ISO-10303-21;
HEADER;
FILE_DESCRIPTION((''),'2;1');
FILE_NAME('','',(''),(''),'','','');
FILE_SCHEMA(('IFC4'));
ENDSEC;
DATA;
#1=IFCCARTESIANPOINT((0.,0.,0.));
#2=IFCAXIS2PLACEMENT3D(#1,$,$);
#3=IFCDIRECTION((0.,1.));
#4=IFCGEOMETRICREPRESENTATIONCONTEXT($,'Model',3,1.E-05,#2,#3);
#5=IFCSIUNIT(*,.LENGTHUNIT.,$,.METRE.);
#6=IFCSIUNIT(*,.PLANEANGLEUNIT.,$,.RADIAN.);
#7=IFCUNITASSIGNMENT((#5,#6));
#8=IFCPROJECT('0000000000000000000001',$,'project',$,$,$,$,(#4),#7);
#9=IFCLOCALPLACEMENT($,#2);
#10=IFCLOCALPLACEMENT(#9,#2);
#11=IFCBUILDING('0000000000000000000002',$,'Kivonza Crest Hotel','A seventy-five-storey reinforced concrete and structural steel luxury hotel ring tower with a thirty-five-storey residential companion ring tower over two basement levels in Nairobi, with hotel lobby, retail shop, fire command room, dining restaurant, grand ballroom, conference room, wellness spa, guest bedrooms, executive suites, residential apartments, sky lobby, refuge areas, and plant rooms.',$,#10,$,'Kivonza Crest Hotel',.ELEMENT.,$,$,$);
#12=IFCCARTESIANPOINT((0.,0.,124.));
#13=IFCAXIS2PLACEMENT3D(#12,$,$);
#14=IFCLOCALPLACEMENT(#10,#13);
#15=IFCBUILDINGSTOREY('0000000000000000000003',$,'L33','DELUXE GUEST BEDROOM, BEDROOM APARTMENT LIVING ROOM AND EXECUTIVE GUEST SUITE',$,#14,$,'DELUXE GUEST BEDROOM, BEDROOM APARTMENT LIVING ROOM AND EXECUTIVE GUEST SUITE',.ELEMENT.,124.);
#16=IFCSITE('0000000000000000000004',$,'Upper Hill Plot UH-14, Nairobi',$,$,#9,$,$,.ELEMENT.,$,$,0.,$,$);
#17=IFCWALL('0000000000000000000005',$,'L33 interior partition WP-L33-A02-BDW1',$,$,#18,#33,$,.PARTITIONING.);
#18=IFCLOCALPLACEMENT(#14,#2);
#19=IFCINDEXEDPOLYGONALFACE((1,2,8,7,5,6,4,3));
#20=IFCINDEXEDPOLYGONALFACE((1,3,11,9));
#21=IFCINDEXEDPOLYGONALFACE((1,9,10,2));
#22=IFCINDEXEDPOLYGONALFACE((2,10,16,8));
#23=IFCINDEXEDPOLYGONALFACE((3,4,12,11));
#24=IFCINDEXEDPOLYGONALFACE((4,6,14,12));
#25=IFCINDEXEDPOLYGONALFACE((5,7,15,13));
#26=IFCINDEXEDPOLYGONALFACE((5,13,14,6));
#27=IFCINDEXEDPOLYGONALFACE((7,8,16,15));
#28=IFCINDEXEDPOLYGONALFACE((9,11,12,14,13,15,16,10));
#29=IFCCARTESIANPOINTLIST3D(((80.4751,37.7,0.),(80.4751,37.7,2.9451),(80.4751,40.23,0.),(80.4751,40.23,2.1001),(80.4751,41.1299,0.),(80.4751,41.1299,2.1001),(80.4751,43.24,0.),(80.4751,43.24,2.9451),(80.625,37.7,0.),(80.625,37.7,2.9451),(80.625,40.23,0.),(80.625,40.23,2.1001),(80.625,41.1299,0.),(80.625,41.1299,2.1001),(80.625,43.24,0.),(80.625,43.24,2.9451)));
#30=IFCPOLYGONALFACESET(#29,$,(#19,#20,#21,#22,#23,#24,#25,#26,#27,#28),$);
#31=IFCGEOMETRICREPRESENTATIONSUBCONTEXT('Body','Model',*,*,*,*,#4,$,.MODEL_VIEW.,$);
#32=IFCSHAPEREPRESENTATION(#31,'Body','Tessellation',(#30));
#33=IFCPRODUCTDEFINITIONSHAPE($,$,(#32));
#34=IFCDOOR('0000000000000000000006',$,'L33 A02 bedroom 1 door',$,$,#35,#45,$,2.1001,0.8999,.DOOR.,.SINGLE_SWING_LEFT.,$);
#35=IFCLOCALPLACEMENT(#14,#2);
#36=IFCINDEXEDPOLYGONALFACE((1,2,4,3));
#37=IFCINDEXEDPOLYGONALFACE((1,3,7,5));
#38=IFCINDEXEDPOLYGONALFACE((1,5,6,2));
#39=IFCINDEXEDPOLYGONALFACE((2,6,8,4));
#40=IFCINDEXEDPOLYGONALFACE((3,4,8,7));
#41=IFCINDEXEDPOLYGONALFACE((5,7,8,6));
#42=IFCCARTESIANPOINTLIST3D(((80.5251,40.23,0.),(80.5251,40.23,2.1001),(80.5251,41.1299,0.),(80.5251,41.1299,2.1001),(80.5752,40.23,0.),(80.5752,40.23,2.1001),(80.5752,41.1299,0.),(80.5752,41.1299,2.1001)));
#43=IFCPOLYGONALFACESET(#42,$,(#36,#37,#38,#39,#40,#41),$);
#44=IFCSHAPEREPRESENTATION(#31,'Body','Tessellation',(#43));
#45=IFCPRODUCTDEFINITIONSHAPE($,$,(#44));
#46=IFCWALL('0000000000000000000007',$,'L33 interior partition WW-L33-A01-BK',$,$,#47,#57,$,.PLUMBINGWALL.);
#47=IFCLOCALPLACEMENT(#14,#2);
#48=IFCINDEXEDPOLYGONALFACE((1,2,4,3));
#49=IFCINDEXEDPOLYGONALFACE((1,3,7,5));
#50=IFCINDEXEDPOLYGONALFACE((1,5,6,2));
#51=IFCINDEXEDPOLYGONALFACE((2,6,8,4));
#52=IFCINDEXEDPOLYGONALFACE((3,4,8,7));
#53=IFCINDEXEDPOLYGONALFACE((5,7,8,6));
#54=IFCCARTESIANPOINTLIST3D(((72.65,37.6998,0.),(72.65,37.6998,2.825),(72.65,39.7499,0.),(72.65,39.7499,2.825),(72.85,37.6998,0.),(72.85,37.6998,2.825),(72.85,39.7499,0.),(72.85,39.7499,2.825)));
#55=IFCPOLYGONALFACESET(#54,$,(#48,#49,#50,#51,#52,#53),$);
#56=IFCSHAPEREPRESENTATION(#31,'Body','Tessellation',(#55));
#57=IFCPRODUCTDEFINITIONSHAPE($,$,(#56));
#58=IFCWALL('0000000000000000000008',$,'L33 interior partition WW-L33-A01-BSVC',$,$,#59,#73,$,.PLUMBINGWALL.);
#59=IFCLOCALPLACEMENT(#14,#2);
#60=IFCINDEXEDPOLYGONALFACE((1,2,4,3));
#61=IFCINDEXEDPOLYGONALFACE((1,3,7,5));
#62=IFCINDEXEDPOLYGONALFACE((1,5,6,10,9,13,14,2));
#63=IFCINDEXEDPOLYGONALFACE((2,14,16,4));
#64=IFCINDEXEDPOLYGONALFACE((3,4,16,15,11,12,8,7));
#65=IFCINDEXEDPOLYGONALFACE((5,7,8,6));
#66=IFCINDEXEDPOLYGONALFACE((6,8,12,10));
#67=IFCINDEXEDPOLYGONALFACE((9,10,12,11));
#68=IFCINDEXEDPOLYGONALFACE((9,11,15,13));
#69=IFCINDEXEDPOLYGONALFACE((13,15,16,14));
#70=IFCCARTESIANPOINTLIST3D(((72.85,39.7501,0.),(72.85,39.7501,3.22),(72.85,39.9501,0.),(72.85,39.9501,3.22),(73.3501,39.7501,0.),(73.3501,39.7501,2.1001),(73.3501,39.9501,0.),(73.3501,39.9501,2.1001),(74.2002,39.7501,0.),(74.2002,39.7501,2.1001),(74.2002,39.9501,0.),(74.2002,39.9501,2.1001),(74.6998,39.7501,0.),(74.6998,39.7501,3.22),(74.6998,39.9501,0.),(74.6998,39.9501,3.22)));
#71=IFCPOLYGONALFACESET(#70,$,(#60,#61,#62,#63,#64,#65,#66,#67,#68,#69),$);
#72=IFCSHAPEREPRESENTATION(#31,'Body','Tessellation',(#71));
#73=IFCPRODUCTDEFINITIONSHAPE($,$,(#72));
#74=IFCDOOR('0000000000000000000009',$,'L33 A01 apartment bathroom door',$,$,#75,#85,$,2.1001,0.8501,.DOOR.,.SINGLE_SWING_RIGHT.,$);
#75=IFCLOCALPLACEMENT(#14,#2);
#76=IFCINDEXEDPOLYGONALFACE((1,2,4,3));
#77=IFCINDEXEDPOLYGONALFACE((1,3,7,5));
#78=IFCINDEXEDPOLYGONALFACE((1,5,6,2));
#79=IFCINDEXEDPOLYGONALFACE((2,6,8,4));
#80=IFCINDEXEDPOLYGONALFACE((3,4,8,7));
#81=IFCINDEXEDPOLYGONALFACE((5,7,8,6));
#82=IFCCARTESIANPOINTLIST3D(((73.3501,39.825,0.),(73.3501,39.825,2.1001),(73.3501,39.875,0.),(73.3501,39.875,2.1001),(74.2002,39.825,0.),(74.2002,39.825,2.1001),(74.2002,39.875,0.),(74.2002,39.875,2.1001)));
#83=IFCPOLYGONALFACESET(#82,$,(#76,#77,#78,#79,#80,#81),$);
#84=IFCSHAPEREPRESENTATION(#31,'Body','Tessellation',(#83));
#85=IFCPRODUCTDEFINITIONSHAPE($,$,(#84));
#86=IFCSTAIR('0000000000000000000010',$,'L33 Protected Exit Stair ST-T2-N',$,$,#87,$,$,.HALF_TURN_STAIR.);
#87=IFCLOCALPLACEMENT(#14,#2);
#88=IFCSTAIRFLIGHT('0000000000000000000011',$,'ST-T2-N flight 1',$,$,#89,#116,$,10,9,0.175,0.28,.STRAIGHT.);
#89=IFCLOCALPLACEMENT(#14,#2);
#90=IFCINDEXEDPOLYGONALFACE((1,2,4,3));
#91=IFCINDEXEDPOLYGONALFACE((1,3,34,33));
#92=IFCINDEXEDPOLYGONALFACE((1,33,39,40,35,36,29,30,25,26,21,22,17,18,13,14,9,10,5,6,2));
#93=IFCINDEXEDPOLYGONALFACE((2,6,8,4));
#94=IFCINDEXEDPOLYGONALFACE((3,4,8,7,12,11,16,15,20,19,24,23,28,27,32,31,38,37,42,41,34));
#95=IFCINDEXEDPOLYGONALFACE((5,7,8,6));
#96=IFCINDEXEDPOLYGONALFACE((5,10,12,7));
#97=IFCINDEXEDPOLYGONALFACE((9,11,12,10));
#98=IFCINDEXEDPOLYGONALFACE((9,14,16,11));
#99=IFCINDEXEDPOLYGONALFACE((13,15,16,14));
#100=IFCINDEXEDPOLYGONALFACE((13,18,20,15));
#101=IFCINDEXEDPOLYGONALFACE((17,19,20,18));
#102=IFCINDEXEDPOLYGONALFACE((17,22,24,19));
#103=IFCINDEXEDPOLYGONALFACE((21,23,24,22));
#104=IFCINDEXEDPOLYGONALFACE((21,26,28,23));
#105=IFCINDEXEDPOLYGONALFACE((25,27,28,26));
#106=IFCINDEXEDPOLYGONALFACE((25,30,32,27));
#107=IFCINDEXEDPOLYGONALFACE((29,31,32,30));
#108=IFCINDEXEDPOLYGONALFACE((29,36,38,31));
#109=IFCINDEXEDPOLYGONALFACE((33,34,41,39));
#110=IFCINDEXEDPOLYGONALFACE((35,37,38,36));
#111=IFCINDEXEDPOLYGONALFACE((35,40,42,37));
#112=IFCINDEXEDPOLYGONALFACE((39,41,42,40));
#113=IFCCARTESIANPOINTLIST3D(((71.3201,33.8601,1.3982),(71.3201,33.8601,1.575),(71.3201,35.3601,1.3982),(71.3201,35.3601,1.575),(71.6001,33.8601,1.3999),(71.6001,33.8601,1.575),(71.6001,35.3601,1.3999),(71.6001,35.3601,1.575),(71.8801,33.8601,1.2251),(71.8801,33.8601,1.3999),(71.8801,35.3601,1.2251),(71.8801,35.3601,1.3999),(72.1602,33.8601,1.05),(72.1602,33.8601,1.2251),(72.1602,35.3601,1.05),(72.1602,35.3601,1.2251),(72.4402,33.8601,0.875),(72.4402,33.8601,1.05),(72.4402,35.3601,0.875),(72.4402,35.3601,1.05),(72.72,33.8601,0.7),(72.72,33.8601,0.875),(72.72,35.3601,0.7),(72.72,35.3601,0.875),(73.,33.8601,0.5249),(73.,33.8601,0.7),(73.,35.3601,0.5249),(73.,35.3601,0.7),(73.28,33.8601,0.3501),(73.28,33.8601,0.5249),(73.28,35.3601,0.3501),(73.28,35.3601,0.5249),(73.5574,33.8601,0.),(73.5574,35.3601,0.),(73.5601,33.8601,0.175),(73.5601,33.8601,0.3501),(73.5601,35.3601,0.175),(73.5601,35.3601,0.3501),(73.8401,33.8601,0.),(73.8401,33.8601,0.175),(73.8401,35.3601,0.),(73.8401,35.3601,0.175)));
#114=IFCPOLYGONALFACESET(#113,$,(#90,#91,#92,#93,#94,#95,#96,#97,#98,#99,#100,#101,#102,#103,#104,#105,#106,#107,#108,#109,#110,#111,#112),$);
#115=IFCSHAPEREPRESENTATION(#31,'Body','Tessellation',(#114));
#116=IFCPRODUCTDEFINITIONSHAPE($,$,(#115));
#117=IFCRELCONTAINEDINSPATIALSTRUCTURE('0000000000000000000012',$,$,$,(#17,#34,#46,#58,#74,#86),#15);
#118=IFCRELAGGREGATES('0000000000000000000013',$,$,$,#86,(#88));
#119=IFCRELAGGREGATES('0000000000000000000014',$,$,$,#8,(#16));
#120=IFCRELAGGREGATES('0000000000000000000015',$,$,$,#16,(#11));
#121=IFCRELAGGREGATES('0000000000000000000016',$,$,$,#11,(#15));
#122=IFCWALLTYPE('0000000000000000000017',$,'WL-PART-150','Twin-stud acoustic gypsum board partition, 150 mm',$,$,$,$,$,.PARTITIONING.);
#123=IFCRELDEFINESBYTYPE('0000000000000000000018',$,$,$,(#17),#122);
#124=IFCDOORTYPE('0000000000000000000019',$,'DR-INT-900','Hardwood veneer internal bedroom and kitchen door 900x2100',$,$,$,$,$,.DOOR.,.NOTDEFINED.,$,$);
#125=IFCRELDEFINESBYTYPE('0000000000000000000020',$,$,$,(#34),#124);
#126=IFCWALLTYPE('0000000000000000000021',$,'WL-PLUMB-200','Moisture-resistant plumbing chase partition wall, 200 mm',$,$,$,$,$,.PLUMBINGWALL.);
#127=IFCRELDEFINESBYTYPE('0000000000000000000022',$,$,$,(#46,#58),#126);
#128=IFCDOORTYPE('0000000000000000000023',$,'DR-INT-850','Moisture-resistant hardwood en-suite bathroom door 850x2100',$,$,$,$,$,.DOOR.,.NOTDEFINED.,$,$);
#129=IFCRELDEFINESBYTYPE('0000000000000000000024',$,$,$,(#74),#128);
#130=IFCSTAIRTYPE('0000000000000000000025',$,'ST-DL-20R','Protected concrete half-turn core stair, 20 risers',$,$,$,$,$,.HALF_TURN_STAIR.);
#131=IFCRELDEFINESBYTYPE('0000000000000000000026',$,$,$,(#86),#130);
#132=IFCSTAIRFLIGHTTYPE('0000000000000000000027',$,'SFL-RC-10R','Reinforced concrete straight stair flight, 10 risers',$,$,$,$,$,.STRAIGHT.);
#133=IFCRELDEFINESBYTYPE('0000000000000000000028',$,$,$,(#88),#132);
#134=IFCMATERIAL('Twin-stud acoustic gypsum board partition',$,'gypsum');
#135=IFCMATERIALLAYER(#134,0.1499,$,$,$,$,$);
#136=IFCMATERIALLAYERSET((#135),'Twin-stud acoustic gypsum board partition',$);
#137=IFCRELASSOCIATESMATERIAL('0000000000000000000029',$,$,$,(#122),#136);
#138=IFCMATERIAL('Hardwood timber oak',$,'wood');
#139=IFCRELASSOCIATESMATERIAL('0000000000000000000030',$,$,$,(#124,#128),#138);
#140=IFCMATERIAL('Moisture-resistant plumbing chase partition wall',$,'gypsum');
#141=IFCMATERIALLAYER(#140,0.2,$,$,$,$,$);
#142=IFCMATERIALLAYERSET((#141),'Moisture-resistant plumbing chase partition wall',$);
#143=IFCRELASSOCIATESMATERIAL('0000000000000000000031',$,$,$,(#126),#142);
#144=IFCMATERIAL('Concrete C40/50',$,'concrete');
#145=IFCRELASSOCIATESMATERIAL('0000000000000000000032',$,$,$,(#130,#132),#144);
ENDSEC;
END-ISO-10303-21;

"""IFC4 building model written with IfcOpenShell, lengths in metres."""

from ifc_helpers import new_model, si_unit, direction, frame, frame_2d, origin, place, context, subcontext, project, spatial, polyline, rectangle, outline, extrude, material, layer, layer_set, type_object, element, fill, aggregate, save


model = new_model("IFC4")

# Units and contexts
model_context = context("Model", 3, precision=1e-05, world=origin(), true_north=direction((0.0, 1.0)))
body_context = subcontext(model_context, "Body", "Model", "MODEL_VIEW")
ifc_project = project(units=[si_unit("LENGTHUNIT", "METRE"), si_unit("PLANEANGLEUNIT", "RADIAN")], contexts=[model_context])

# Site, building, storey
site_placement = place(None, origin())
site = spatial("IfcSite", under=ifc_project, at=site_placement, Name="Upper Hill Plot UH-14, Nairobi", CompositionType="ELEMENT", RefElevation=0.0)
building_placement = place(site_placement, origin())
building = spatial("IfcBuilding", under=site, at=building_placement, Name="Kivonza Crest Hotel", Description="A seventy-five-storey reinforced concrete and structural steel luxury hotel ring tower with a thirty-five-storey residential companion ring tower over two basement levels in Nairobi, with hotel lobby, retail shop, fire command room, dining restaurant, grand ballroom, conference room, wellness spa, guest bedrooms, executive suites, residential apartments, sky lobby, refuge areas, and plant rooms.", LongName="Kivonza Crest Hotel", CompositionType="ELEMENT")
storey_placement = place(building_placement, frame((0.0, 0.0, 124.0)))
storey = spatial("IfcBuildingStorey", under=building, at=storey_placement, Name="L33", Description="DELUXE GUEST BEDROOM, BEDROOM APARTMENT LIVING ROOM AND EXECUTIVE GUEST SUITE", LongName="DELUXE GUEST BEDROOM, BEDROOM APARTMENT LIVING ROOM AND EXECUTIVE GUEST SUITE", CompositionType="ELEMENT", Elevation=124.0)

# Shared definitions
ifc_material_1 = material(Name="Hardwood timber oak", Category="wood")

# Wall, opening, door
ifc_material_2 = material(Name="Twin-stud acoustic gypsum board partition", Category="gypsum")
ifc_layer_1 = layer(ifc_material_2, 0.1499)
ifc_layer_set_1 = layer_set([ifc_layer_1], Name="Twin-stud acoustic gypsum board partition")
wall_type_1 = type_object("IfcWallType", Name="WL-PART-150", Description="Twin-stud acoustic gypsum board partition, 150 mm", PredefinedType="PARTITIONING", material=ifc_layer_set_1)
wall_1_placement = place(storey_placement, frame((80.55, 37.7, 0.0), z_axis=(0.0, 0.0, 1.0), x_axis=(0.0, 1.0, 0.0)))
wall_1 = element("IfcWall", 1, at=wall_1_placement, inside=storey, type_object=wall_type_1, Name="L33 interior partition WP-L33-A02-BDW1", PredefinedType="PARTITIONING", context=body_context, shape_type="SweptSolid", body=[
    extrude(rectangle(XDim=5.54, YDim=0.1499, at=frame_2d((2.77, 0.0))), origin(), (0.0, 0.0, 1.0), 2.9451),
])
opening_1_placement = place(wall_1_placement, frame((2.53, 0.0, 0.0)))
opening_1 = element("IfcOpeningElement", 2, at=opening_1_placement, cuts=wall_1, PredefinedType="OPENING", context=body_context, shape_type="SweptSolid", body=[
    extrude(rectangle(XDim=0.8999, YDim=2.1001, at=frame_2d((0.45, 1.05))), frame((0.0, 0.085, 0.0), z_axis=(0.0, -1.0, 0.0), x_axis=(1.0, 0.0, 0.0)), (0.0, 0.0, 1.0), 0.1699),
])
door_type_1 = type_object("IfcDoorType", Name="DR-INT-900", Description="Hardwood veneer internal bedroom and kitchen door 900x2100", OperationType="NOTDEFINED", PredefinedType="DOOR", material=ifc_material_1)
door_1_placement = place(opening_1_placement, origin())
door_1 = element("IfcDoor", 3, at=door_1_placement, inside=storey, type_object=door_type_1, Name="L33 A02 bedroom 1 door", OperationType="SINGLE_SWING_LEFT", OverallHeight=2.1001, OverallWidth=0.8999, PredefinedType="DOOR", context=body_context, shape_type="SweptSolid", body=[
    extrude(rectangle(XDim=0.8999, YDim=2.1001, at=frame_2d((0.45, 1.05))), frame((0.0, 0.0249, 0.0), z_axis=(0.0, -1.0, 0.0), x_axis=(1.0, 0.0, 0.0)), (0.0, 0.0, 1.0), 0.05),
])
fill(opening_1, door_1)

# Wall
ifc_material_3 = material(Name="Moisture-resistant plumbing chase partition wall", Category="gypsum")
ifc_layer_2 = layer(ifc_material_3, 0.2)
ifc_layer_set_2 = layer_set([ifc_layer_2], Name="Moisture-resistant plumbing chase partition wall")
wall_type_2 = type_object("IfcWallType", Name="WL-PLUMB-200", Description="Moisture-resistant plumbing chase partition wall, 200 mm", PredefinedType="PLUMBINGWALL", material=ifc_layer_set_2)
wall_2_placement = place(storey_placement, frame((72.75, 37.7, 0.0), z_axis=(0.0, 0.0, 1.0), x_axis=(0.0, 1.0, 0.0)))
element("IfcWall", 4, at=wall_2_placement, inside=storey, type_object=wall_type_2, Name="L33 interior partition WW-L33-A01-BK", PredefinedType="PLUMBINGWALL", context=body_context, shape_type="SweptSolid", body=[
    extrude(rectangle(XDim=2.05, YDim=0.2, at=frame_2d((1.0249, 0.0))), origin(), (0.0, 0.0, 1.0), 2.825),
])

# Wall, opening, door
wall_3_placement = place(storey_placement, frame((72.8501, 39.8501, 0.0), z_axis=(0.0, 0.0, 1.0), x_axis=(1.0, 0.0, 0.0)))
wall_3 = element("IfcWall", 5, at=wall_3_placement, inside=storey, type_object=wall_type_2, Name="L33 interior partition WW-L33-A01-BSVC", PredefinedType="PLUMBINGWALL", context=body_context, shape_type="SweptSolid", body=[
    extrude(rectangle(XDim=1.8499, YDim=0.2, at=frame_2d((0.9248, 0.0))), origin(), (0.0, 0.0, 1.0), 3.22),
])
opening_2_placement = place(wall_3_placement, frame((0.5, 0.0, 0.0)))
opening_2 = element("IfcOpeningElement", 6, at=opening_2_placement, cuts=wall_3, PredefinedType="OPENING", context=body_context, shape_type="SweptSolid", body=[
    extrude(rectangle(XDim=0.8501, YDim=2.1001, at=frame_2d((0.425, 1.05))), frame((0.0, 0.1099, 0.0), z_axis=(0.0, -1.0, 0.0), x_axis=(1.0, 0.0, 0.0)), (0.0, 0.0, 1.0), 0.22),
])
door_type_2 = type_object("IfcDoorType", Name="DR-INT-850", Description="Moisture-resistant hardwood en-suite bathroom door 850x2100", OperationType="NOTDEFINED", PredefinedType="DOOR", material=ifc_material_1)
door_2_placement = place(opening_2_placement, origin())
door_2 = element("IfcDoor", 7, at=door_2_placement, inside=storey, type_object=door_type_2, Name="L33 A01 apartment bathroom door", OperationType="SINGLE_SWING_RIGHT", OverallHeight=2.1001, OverallWidth=0.8501, PredefinedType="DOOR", context=body_context, shape_type="SweptSolid", body=[
    extrude(rectangle(XDim=0.8501, YDim=2.1001, at=frame_2d((0.425, 1.05))), frame((0.0, 0.0249, 0.0), z_axis=(0.0, -1.0, 0.0), x_axis=(1.0, 0.0, 0.0)), (0.0, 0.0, 1.0), 0.05),
])
fill(opening_2, door_2)

# Stair, stair flight
ifc_material_4 = material(Name="Concrete C40/50", Category="concrete")
stair_type = type_object("IfcStairType", Name="ST-DL-20R", Description="Protected concrete half-turn core stair, 20 risers", PredefinedType="HALF_TURN_STAIR", material=ifc_material_4)
stair_placement = place(storey_placement, origin())
stair = element("IfcStair", 8, at=stair_placement, inside=storey, type_object=stair_type, Name="L33 Protected Exit Stair ST-T2-N", PredefinedType="HALF_TURN_STAIR")
stair_flight_type = type_object("IfcStairFlightType", Name="SFL-RC-10R", Description="Reinforced concrete straight stair flight, 10 risers", PredefinedType="STRAIGHT", material=ifc_material_4)
stair_flight_placement = place(storey_placement, frame((73.8401, 34.6101, 0.0), z_axis=(0.0, 0.0, 1.0), x_axis=(-1.0, 0.0, 0.0)))
stair_flight = element("IfcStairFlight", 9, at=stair_flight_placement, type_object=stair_flight_type, Name="ST-T2-N flight 1", NumberOfRisers=10, NumberOfTreads=9, PredefinedType="STRAIGHT", RiserHeight=0.175, TreadLength=0.28, context=body_context, shape_type="SweptSolid", body=[
    extrude(outline(polyline([(0.0, 0.0), (0.0, 0.175), (0.28, 0.175), (0.28, 0.3501), (0.5601, 0.3501), (0.5601, 0.5249), (0.8401, 0.5249), (0.8401, 0.7), (1.1201, 0.7), (1.1201, 0.875), (1.3999, 0.875), (1.3999, 1.05), (1.6799, 1.05), (1.6799, 1.2251), (1.96, 1.2251), (1.96, 1.3999), (2.24, 1.3999), (2.24, 1.575), (2.52, 1.575), (2.52, 1.75), (2.52, 1.3982), (0.2827, 0.0), (0.0, 0.0)])), frame((0.0, 0.75, 0.0), z_axis=(0.0, -1.0, 0.0), x_axis=(1.0, 0.0, 0.0)), (0.0, 0.0, 1.0), 1.5),
])
aggregate(stair, [stair_flight])

save(model, "model.ifc")
